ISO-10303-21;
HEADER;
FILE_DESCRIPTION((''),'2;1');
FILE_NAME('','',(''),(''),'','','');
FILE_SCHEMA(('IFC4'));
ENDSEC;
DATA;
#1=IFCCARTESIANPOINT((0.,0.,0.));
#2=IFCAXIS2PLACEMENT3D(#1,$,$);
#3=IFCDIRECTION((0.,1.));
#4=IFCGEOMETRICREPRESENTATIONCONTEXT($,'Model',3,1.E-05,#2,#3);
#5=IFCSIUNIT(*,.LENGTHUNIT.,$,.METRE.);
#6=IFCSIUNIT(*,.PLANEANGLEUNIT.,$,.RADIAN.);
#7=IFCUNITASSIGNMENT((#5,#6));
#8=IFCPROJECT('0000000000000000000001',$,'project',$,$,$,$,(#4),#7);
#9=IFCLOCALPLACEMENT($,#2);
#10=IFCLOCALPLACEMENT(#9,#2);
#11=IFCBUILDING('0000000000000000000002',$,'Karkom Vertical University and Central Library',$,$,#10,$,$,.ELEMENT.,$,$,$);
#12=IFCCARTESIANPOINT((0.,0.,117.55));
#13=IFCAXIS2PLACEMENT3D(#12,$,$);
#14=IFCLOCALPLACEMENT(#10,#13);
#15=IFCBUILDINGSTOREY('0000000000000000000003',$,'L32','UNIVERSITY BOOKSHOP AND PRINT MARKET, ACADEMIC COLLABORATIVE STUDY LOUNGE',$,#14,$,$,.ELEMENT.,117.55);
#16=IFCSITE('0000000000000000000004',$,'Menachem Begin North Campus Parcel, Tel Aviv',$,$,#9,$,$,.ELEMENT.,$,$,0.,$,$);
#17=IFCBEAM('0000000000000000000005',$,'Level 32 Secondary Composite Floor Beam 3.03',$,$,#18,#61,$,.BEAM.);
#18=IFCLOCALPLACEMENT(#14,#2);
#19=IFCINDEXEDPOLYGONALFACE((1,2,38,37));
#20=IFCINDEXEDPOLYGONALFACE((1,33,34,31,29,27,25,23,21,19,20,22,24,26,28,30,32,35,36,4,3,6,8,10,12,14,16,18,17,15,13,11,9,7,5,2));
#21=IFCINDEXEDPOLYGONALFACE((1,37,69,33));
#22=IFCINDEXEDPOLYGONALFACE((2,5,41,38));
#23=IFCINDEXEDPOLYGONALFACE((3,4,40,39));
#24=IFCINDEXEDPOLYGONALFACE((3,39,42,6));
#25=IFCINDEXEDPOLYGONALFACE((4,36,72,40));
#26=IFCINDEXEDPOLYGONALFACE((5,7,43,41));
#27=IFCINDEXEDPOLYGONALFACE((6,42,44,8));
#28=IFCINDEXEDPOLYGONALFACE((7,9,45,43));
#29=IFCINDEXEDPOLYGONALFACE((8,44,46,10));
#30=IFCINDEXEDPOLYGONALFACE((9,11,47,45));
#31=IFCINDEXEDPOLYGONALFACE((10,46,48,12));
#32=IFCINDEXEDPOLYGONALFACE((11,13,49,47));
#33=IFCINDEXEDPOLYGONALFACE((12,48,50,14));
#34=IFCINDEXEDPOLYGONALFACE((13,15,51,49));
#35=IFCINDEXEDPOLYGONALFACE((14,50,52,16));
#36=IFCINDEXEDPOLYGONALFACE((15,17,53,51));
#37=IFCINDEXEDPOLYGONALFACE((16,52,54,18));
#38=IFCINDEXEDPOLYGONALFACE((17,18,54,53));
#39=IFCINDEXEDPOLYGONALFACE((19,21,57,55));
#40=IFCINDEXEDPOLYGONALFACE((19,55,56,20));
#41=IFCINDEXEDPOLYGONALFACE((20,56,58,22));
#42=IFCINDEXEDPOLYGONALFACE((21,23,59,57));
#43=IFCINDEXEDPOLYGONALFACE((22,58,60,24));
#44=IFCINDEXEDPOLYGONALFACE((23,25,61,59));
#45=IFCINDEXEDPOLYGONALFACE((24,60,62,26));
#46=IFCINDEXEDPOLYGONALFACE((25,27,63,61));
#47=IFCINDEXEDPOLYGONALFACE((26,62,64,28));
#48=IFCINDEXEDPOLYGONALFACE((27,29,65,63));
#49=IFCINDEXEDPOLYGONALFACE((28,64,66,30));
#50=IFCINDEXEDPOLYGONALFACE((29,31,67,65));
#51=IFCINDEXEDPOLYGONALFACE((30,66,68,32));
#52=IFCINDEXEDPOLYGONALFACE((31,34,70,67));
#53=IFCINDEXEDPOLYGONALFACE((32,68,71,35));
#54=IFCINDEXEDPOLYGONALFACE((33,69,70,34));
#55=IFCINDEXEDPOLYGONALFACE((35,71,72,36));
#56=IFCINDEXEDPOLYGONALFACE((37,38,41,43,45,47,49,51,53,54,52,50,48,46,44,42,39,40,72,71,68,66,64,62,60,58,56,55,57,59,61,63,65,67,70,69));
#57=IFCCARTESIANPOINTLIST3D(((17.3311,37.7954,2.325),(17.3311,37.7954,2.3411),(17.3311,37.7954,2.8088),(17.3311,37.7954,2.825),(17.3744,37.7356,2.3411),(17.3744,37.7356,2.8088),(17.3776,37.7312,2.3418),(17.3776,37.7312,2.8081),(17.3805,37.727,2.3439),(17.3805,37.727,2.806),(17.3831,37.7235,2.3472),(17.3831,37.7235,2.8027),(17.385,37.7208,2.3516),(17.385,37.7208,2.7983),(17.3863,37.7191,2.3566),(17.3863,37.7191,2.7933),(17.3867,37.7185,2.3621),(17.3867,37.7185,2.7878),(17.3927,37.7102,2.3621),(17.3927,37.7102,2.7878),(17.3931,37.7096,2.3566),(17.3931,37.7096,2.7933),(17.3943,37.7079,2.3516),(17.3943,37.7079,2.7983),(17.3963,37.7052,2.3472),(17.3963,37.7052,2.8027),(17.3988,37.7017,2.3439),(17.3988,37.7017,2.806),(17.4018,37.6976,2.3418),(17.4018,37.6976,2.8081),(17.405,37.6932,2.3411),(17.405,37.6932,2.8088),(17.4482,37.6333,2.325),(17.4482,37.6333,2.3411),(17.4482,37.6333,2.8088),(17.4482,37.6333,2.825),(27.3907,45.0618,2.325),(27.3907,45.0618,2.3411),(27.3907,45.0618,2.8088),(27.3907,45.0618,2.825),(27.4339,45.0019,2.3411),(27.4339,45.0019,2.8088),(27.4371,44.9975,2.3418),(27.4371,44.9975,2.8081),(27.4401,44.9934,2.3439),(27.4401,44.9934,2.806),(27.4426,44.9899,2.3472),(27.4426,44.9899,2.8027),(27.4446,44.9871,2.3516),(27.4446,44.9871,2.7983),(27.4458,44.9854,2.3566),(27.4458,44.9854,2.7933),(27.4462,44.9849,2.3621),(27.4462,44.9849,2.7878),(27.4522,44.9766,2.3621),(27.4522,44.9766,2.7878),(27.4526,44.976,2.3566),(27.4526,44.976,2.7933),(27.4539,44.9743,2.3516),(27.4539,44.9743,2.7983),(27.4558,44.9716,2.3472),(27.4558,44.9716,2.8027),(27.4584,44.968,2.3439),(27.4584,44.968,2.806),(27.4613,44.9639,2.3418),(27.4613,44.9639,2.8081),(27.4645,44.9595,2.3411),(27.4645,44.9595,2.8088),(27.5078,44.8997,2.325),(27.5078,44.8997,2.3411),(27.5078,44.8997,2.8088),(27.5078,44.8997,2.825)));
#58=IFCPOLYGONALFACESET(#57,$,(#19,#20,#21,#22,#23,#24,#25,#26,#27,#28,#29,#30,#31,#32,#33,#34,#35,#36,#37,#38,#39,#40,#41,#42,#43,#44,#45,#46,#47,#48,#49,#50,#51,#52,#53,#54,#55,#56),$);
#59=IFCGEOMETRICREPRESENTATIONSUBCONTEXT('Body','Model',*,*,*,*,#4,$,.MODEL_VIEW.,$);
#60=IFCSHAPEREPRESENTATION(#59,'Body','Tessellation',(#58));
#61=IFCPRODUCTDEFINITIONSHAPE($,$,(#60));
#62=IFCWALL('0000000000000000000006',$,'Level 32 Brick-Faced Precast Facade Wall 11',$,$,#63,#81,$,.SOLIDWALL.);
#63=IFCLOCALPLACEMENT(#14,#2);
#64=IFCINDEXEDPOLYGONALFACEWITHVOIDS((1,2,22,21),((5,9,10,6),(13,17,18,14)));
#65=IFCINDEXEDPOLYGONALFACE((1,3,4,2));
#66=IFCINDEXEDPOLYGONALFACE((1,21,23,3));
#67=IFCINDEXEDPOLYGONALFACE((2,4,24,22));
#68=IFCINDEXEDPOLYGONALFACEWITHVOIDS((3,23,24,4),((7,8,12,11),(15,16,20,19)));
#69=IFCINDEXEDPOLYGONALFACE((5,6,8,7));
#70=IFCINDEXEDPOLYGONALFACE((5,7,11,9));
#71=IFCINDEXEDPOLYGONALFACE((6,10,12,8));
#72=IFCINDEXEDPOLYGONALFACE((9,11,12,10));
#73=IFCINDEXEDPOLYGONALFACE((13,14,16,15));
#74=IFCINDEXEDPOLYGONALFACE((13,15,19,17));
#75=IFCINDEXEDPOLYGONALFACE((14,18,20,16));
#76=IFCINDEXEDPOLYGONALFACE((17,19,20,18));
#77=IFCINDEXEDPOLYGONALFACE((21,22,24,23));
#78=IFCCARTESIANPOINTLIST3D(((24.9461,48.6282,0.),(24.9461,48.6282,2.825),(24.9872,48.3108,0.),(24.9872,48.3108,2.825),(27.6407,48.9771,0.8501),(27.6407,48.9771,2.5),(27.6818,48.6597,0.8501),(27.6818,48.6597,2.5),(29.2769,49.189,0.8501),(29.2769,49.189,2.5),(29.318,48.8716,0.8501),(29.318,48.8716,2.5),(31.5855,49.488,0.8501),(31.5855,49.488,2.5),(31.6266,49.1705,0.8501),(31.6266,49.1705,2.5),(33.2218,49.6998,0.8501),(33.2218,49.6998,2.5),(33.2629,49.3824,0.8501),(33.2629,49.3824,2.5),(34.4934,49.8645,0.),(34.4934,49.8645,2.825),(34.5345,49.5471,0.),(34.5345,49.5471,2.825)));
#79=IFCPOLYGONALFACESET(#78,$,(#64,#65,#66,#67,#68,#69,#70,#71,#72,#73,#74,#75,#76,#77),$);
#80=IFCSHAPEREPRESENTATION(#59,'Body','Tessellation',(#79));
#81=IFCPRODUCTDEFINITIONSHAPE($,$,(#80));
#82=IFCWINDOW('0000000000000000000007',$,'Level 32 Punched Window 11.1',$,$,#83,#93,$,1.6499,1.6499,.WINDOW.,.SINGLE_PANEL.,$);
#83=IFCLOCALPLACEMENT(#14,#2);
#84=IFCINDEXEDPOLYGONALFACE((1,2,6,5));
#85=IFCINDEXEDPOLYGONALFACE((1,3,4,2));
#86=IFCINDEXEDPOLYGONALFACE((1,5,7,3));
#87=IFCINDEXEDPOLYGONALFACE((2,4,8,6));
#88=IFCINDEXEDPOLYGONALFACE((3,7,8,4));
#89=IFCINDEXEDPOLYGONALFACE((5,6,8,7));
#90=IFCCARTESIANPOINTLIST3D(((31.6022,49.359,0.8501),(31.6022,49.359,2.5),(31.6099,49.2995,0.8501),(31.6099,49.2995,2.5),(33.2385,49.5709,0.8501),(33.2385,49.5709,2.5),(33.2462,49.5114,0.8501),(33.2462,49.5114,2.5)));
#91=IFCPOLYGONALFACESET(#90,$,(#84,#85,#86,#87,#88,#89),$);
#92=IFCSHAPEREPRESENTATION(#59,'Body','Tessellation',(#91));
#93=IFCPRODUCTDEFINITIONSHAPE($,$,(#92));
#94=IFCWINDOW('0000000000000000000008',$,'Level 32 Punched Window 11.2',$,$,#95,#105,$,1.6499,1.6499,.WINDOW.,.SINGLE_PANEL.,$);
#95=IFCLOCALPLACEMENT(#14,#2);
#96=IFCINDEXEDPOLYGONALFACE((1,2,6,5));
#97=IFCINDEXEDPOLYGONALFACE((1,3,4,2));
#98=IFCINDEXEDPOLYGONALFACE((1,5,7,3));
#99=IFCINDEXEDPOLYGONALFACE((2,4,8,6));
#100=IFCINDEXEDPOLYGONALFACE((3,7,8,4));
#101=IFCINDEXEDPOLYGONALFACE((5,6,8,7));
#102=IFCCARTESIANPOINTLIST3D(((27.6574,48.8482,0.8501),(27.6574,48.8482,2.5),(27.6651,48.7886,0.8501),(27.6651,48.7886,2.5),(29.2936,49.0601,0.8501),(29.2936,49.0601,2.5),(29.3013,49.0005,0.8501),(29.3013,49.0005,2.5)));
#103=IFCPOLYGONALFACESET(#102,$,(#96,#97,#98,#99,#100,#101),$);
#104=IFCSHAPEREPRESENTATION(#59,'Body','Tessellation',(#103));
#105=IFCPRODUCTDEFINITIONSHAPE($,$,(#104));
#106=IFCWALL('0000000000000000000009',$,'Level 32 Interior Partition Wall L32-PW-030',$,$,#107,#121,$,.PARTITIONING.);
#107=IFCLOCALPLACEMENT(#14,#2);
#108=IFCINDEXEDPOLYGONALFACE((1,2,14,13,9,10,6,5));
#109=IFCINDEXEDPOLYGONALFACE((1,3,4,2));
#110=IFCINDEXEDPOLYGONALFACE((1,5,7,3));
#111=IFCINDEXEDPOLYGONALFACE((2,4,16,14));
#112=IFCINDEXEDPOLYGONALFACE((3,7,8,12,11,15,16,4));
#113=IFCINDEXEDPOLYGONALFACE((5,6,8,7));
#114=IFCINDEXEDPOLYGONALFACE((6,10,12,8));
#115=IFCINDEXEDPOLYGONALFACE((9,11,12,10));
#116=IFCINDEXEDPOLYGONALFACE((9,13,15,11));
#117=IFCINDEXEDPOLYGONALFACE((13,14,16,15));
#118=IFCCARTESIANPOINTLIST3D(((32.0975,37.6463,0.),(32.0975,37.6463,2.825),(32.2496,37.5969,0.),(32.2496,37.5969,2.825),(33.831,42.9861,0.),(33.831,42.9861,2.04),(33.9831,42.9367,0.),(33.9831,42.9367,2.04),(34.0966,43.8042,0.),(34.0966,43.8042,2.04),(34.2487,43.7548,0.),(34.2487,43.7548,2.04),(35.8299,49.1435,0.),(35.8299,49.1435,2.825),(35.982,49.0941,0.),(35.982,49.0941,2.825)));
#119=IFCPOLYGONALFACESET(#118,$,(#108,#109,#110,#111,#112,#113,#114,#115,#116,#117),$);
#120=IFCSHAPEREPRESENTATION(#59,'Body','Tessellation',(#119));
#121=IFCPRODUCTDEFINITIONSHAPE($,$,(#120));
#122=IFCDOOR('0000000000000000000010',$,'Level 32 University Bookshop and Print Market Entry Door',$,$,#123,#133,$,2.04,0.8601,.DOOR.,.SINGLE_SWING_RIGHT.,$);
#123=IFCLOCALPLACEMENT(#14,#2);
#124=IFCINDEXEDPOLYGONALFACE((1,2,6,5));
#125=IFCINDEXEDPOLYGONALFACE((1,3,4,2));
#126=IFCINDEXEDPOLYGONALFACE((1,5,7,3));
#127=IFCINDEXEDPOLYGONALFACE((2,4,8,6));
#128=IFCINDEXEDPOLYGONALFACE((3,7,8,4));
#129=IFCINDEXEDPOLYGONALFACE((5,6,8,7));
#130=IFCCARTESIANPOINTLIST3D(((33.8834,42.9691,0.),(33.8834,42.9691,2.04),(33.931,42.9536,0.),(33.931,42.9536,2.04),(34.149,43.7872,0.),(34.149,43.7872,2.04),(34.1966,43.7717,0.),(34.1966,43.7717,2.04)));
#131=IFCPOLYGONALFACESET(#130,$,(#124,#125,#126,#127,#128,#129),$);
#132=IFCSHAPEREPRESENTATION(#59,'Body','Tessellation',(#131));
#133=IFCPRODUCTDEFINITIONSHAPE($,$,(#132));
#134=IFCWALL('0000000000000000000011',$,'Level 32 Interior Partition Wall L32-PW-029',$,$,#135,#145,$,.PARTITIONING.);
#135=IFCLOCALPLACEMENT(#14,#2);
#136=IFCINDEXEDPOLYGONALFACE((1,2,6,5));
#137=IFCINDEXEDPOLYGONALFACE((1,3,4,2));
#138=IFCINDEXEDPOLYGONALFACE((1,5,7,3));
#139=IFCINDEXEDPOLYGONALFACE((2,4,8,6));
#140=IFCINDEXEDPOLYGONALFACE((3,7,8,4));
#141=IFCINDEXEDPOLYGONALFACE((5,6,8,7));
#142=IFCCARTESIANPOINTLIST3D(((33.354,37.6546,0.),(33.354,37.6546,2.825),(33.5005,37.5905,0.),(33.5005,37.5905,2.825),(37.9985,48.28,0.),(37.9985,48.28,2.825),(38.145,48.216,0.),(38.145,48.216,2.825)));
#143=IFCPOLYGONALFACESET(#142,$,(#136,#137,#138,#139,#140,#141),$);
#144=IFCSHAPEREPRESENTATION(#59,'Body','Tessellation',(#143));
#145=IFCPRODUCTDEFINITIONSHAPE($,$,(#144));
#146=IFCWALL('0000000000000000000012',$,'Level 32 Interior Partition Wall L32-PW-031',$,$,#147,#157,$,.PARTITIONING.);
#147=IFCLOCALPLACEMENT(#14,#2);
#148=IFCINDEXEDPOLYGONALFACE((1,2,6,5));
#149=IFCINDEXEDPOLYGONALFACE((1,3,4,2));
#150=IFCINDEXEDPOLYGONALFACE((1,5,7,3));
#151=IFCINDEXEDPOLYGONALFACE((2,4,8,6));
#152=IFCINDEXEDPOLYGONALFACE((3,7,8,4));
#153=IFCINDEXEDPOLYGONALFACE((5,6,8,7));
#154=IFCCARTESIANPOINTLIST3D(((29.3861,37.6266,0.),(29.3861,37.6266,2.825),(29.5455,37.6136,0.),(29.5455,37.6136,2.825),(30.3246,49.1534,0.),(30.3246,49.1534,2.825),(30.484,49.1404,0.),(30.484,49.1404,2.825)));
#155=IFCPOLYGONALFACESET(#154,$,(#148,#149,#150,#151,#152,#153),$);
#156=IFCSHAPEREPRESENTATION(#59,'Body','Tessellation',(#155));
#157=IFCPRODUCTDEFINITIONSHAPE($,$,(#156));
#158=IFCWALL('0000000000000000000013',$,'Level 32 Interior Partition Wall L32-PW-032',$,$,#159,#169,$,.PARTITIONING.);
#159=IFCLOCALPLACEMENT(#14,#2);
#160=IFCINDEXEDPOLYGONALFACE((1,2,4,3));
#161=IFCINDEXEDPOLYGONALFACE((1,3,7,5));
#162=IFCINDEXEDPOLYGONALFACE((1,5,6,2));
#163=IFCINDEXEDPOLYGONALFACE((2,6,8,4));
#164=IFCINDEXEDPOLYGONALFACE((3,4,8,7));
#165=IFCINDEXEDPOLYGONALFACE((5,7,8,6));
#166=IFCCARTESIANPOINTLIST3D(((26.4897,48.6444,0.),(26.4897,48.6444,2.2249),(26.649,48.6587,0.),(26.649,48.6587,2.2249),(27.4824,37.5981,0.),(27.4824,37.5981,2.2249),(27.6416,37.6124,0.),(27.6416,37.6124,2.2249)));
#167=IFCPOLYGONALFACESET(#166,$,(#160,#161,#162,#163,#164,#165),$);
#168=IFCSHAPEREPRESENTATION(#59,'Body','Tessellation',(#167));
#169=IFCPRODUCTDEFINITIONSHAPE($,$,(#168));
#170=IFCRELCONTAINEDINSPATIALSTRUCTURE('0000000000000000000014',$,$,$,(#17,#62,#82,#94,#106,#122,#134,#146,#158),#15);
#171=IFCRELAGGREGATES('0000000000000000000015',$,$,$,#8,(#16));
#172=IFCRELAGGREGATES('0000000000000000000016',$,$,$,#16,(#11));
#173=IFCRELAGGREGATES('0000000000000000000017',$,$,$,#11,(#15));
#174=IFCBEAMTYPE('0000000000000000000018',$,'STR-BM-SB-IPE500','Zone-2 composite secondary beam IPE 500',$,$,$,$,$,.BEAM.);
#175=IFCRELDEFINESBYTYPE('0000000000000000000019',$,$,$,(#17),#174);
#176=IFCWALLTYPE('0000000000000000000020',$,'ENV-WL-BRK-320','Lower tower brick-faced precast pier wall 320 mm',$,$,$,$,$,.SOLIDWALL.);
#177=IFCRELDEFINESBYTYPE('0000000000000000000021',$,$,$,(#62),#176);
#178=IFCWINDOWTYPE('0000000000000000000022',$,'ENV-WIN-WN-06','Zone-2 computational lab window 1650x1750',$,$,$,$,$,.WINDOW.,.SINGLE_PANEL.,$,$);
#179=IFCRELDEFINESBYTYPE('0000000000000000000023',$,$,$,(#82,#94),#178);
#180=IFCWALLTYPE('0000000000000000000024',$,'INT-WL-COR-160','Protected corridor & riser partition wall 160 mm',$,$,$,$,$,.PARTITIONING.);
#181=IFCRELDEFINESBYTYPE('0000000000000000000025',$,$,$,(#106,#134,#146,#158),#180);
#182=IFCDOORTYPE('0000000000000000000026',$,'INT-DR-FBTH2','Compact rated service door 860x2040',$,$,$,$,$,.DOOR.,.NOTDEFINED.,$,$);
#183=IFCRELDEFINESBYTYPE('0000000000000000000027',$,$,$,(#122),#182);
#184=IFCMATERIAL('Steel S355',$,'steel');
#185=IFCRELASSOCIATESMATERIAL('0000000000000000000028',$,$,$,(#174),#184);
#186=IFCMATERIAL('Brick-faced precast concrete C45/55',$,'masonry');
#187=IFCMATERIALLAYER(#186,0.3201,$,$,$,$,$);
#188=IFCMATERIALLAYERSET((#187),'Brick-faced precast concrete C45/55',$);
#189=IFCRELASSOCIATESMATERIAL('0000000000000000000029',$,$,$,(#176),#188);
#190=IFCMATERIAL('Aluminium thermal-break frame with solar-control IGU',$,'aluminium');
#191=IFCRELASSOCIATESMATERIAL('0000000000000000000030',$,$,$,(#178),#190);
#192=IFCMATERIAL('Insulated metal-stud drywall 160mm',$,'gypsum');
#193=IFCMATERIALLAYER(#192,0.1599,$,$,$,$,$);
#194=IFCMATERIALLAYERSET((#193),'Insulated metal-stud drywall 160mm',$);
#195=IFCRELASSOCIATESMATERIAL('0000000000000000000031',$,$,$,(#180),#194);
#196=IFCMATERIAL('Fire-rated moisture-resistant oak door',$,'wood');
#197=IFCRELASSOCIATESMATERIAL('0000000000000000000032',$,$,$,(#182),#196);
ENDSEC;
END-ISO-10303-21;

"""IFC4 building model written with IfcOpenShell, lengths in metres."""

from ifc_helpers import new_model, si_unit, direction, frame, frame_2d, origin, origin_with_axes, origin_2d, place, context, subcontext, project, spatial, rectangle, i_section, extrude, source, transform, mapped, material, layer, layer_set, material_profile, profile_set, type_object, element, fill, save


model = new_model("IFC4")

# Units and contexts
model_context = context("Model", 3, precision=1e-05, world=origin(), true_north=direction((0.0, 1.0)))
body_context = subcontext(model_context, "Body", "Model", "MODEL_VIEW")
ifc_project = project(units=[si_unit("LENGTHUNIT", "METRE"), si_unit("PLANEANGLEUNIT", "RADIAN")], contexts=[model_context])

# Site, building, storey
site_placement = place(None, origin())
site = spatial("IfcSite", under=ifc_project, at=site_placement, Name="Menachem Begin North Campus Parcel, Tel Aviv", CompositionType="ELEMENT", RefElevation=0.0)
building_placement = place(site_placement, origin())
building = spatial("IfcBuilding", under=site, at=building_placement, Name="Karkom Vertical University and Central Library", CompositionType="ELEMENT")
storey_placement = place(building_placement, frame((0.0, 0.0, 117.55)))
storey = spatial("IfcBuildingStorey", under=building, at=storey_placement, Name="L32", Description="UNIVERSITY BOOKSHOP AND PRINT MARKET, ACADEMIC COLLABORATIVE STUDY LOUNGE", CompositionType="ELEMENT", Elevation=117.55)

# Beam
ifc_material_1 = material(Name="Steel S355", Category="steel")
ifc_material_profile_1 = material_profile(ifc_material_1, i_section(OverallWidth=0.2, OverallDepth=0.5, WebThickness=0.0103, FlangeThickness=0.0161, FilletRadius=0.021, at=origin_2d()), Name="IPE 500")
ifc_profile_set_1 = profile_set([ifc_material_profile_1], Name="Steel S355")
beam_type_1 = type_object("IfcBeamType", Name="STR-BM-SB-IPE500", Description="Zone-2 composite secondary beam IPE 500", PredefinedType="BEAM", material=ifc_profile_set_1)
shared_shape_1 = source(origin_with_axes(), body_context, "Body", "SweptSolid", [
    extrude(i_section(OverallWidth=0.2, OverallDepth=0.5, WebThickness=0.0103, FlangeThickness=0.0161, FilletRadius=0.021, at=origin_2d()), origin(), (0.0, 0.0, 1.0), 12.4094),
])
beam_1_placement = place(storey_placement, frame((27.4492, 44.9807, 2.575), z_axis=(-0.810637, -0.585549, 0.0), x_axis=(0.585549, -0.810637, 0.0)))
element("IfcBeam", 1, at=beam_1_placement, inside=storey, type_object=beam_type_1, Name="Level 32 Secondary Composite Floor Beam 3.03", PredefinedType="BEAM", context=body_context, shape_type="MappedRepresentation", body=[
    mapped(shared_shape_1, transform((0.0, 0.0, 0.0), scale=1.0)),
])

# Wall, openings, windows
ifc_material_2 = material(Name="Brick-faced precast concrete C45/55", Category="masonry")
ifc_layer_1 = layer(ifc_material_2, 0.3201)
ifc_layer_set_1 = layer_set([ifc_layer_1], Name="Brick-faced precast concrete C45/55")
wall_type_1 = type_object("IfcWallType", Name="ENV-WL-BRK-320", Description="Lower tower brick-faced precast pier wall 320 mm", PredefinedType="SOLIDWALL", material=ifc_layer_set_1)
wall_1_placement = place(storey_placement, frame((34.5139, 49.7058, 0.0), z_axis=(0.0, 0.0, 1.0), x_axis=(-0.991719, -0.128425, 0.0)))
wall_1 = element("IfcWall", 2, at=wall_1_placement, inside=storey, type_object=wall_type_1, Name="Level 32 Brick-Faced Precast Facade Wall 11", PredefinedType="SOLIDWALL", context=body_context, shape_type="SweptSolid", body=[
    extrude(rectangle(XDim=9.627, YDim=0.3201, at=frame_2d((4.8135, 0.0))), origin(), (0.0, 0.0, 1.0), 2.825),
])
opening_1_placement = place(wall_1_placement, frame((1.2822, 0.0, 0.8501)))
opening_1 = element("IfcOpeningElement", 3, at=opening_1_placement, cuts=wall_1, PredefinedType="OPENING", context=body_context, shape_type="SweptSolid", body=[
    extrude(rectangle(XDim=1.6499, YDim=1.6499, at=frame_2d((0.825, 0.825))), frame((0.0, 0.1699, 0.0), z_axis=(0.0, -1.0, 0.0), x_axis=(1.0, 0.0, 0.0)), (0.0, 0.0, 1.0), 0.3401),
])
opening_2_placement = place(wall_1_placement, frame((5.26, 0.0, 0.8501)))
opening_2 = element("IfcOpeningElement", 4, at=opening_2_placement, cuts=wall_1, PredefinedType="OPENING", context=body_context, shape_type="SweptSolid", body=[
    extrude(rectangle(XDim=1.6499, YDim=1.6499, at=frame_2d((0.825, 0.825))), frame((0.0, 0.1699, 0.0), z_axis=(0.0, -1.0, 0.0), x_axis=(1.0, 0.0, 0.0)), (0.0, 0.0, 1.0), 0.3401),
])
ifc_material_3 = material(Name="Aluminium thermal-break frame with solar-control IGU", Category="aluminium")
window_type = type_object("IfcWindowType", Name="ENV-WIN-WN-06", Description="Zone-2 computational lab window 1650x1750", PartitioningType="SINGLE_PANEL", PredefinedType="WINDOW", material=ifc_material_3)
shared_shape_2 = source(origin_with_axes(), body_context, "Body", "SweptSolid", [
    extrude(rectangle(XDim=1.6499, YDim=1.6499, at=frame_2d((0.825, 0.825))), frame((0.0, 0.03, 0.0), z_axis=(0.0, -1.0, 0.0), x_axis=(1.0, 0.0, 0.0)), (0.0, 0.0, 1.0), 0.0601),
])
window_1_placement = place(opening_1_placement, origin())
window_1 = element("IfcWindow", 5, at=window_1_placement, inside=storey, type_object=window_type, Name="Level 32 Punched Window 11.1", OverallHeight=1.6499, OverallWidth=1.6499, PartitioningType="SINGLE_PANEL", PredefinedType="WINDOW", context=body_context, shape_type="MappedRepresentation", body=[
    mapped(shared_shape_2, transform((0.0, 0.0, 0.0), scale=1.0)),
])
fill(opening_1, window_1)
window_2_placement = place(opening_2_placement, origin())
window_2 = element("IfcWindow", 6, at=window_2_placement, inside=storey, type_object=window_type, Name="Level 32 Punched Window 11.2", OverallHeight=1.6499, OverallWidth=1.6499, PartitioningType="SINGLE_PANEL", PredefinedType="WINDOW", context=body_context, shape_type="MappedRepresentation", body=[
    mapped(shared_shape_2, transform((0.0, 0.0, 0.0), scale=1.0)),
])
fill(opening_2, window_2)

# Wall, opening, door
ifc_material_4 = material(Name="Insulated metal-stud drywall 160mm", Category="gypsum")
ifc_layer_2 = layer(ifc_material_4, 0.1599)
ifc_layer_set_2 = layer_set([ifc_layer_2], Name="Insulated metal-stud drywall 160mm")
wall_type_2 = type_object("IfcWallType", Name="INT-WL-COR-160", Description="Protected corridor & riser partition wall 160 mm", PredefinedType="PARTITIONING", material=ifc_layer_set_2)
wall_2_placement = place(storey_placement, frame((32.1736, 37.6216, 0.0), z_axis=(0.0, 0.0, 1.0), x_axis=(0.308771, 0.951136, 0.0)))
wall_2 = element("IfcWall", 7, at=wall_2_placement, inside=storey, type_object=wall_type_2, Name="Level 32 Interior Partition Wall L32-PW-030", PredefinedType="PARTITIONING", context=body_context, shape_type="SweptSolid", body=[
    extrude(rectangle(XDim=12.0879, YDim=0.1599, at=frame_2d((6.0439, 0.0))), origin(), (0.0, 0.0, 1.0), 2.825),
])
opening_3_placement = place(wall_2_placement, frame((5.614, 0.0, 0.0)))
opening_3 = element("IfcOpeningElement", 8, at=opening_3_placement, cuts=wall_2, PredefinedType="OPENING", context=body_context, shape_type="SweptSolid", body=[
    extrude(rectangle(XDim=0.8601, YDim=2.04, at=frame_2d((0.4302, 1.02))), frame((0.0, 0.0898, 0.0), z_axis=(0.0, -1.0, 0.0), x_axis=(1.0, 0.0, 0.0)), (0.0, 0.0, 1.0), 0.1799),
])
ifc_material_5 = material(Name="Fire-rated moisture-resistant oak door", Category="wood")
door_type = type_object("IfcDoorType", Name="INT-DR-FBTH2", Description="Compact rated service door 860x2040", OperationType="NOTDEFINED", PredefinedType="DOOR", material=ifc_material_5)
shared_shape_3 = source(origin_with_axes(), body_context, "Body", "SweptSolid", [
    extrude(rectangle(XDim=0.8601, YDim=2.04, at=frame_2d((0.4302, 1.02))), frame((0.0, 0.0249, 0.0), z_axis=(0.0, -1.0, 0.0), x_axis=(1.0, 0.0, 0.0)), (0.0, 0.0, 1.0), 0.05),
])
door_placement = place(opening_3_placement, origin())
door = element("IfcDoor", 9, at=door_placement, inside=storey, type_object=door_type, Name="Level 32 University Bookshop and Print Market Entry Door", OperationType="SINGLE_SWING_RIGHT", OverallHeight=2.04, OverallWidth=0.8601, PredefinedType="DOOR", context=body_context, shape_type="MappedRepresentation", body=[
    mapped(shared_shape_3, transform((0.0, 0.0, 0.0), scale=1.0)),
])
fill(opening_3, door)

# Walls
wall_3_placement = place(storey_placement, frame((33.4272, 37.6226, 0.0), z_axis=(0.0, 0.0, 1.0), x_axis=(0.400521, 0.916288, 0.0)))
element("IfcWall", 10, at=wall_3_placement, inside=storey, type_object=wall_type_2, Name="Level 32 Interior Partition Wall L32-PW-029", PredefinedType="PARTITIONING", context=body_context, shape_type="SweptSolid", body=[
    extrude(rectangle(XDim=11.5962, YDim=0.1599, at=frame_2d((5.7981, 0.0))), origin(), (0.0, 0.0, 1.0), 2.825),
])
wall_4_placement = place(storey_placement, frame((29.4658, 37.6201, 0.0), z_axis=(0.0, 0.0, 1.0), x_axis=(0.081148, 0.996702, 0.0)))
element("IfcWall", 11, at=wall_4_placement, inside=storey, type_object=wall_type_2, Name="Level 32 Interior Partition Wall L32-PW-031", PredefinedType="PARTITIONING", context=body_context, shape_type="SweptSolid", body=[
    extrude(rectangle(XDim=11.5649, YDim=0.1599, at=frame_2d((5.7825, 0.0))), origin(), (0.0, 0.0, 1.0), 2.825),
])
wall_5_placement = place(storey_placement, frame((27.562, 37.6052, 0.0), z_axis=(0.0, 0.0, 1.0), x_axis=(-0.089504, 0.995986, 0.0)))
element("IfcWall", 12, at=wall_5_placement, inside=storey, type_object=wall_type_2, Name="Level 32 Interior Partition Wall L32-PW-032", PredefinedType="PARTITIONING", context=body_context, shape_type="SweptSolid", body=[
    extrude(rectangle(XDim=11.0908, YDim=0.1599, at=frame_2d((5.5454, 0.0))), origin(), (0.0, 0.0, 1.0), 2.2249),
])

save(model, "model.ifc")
